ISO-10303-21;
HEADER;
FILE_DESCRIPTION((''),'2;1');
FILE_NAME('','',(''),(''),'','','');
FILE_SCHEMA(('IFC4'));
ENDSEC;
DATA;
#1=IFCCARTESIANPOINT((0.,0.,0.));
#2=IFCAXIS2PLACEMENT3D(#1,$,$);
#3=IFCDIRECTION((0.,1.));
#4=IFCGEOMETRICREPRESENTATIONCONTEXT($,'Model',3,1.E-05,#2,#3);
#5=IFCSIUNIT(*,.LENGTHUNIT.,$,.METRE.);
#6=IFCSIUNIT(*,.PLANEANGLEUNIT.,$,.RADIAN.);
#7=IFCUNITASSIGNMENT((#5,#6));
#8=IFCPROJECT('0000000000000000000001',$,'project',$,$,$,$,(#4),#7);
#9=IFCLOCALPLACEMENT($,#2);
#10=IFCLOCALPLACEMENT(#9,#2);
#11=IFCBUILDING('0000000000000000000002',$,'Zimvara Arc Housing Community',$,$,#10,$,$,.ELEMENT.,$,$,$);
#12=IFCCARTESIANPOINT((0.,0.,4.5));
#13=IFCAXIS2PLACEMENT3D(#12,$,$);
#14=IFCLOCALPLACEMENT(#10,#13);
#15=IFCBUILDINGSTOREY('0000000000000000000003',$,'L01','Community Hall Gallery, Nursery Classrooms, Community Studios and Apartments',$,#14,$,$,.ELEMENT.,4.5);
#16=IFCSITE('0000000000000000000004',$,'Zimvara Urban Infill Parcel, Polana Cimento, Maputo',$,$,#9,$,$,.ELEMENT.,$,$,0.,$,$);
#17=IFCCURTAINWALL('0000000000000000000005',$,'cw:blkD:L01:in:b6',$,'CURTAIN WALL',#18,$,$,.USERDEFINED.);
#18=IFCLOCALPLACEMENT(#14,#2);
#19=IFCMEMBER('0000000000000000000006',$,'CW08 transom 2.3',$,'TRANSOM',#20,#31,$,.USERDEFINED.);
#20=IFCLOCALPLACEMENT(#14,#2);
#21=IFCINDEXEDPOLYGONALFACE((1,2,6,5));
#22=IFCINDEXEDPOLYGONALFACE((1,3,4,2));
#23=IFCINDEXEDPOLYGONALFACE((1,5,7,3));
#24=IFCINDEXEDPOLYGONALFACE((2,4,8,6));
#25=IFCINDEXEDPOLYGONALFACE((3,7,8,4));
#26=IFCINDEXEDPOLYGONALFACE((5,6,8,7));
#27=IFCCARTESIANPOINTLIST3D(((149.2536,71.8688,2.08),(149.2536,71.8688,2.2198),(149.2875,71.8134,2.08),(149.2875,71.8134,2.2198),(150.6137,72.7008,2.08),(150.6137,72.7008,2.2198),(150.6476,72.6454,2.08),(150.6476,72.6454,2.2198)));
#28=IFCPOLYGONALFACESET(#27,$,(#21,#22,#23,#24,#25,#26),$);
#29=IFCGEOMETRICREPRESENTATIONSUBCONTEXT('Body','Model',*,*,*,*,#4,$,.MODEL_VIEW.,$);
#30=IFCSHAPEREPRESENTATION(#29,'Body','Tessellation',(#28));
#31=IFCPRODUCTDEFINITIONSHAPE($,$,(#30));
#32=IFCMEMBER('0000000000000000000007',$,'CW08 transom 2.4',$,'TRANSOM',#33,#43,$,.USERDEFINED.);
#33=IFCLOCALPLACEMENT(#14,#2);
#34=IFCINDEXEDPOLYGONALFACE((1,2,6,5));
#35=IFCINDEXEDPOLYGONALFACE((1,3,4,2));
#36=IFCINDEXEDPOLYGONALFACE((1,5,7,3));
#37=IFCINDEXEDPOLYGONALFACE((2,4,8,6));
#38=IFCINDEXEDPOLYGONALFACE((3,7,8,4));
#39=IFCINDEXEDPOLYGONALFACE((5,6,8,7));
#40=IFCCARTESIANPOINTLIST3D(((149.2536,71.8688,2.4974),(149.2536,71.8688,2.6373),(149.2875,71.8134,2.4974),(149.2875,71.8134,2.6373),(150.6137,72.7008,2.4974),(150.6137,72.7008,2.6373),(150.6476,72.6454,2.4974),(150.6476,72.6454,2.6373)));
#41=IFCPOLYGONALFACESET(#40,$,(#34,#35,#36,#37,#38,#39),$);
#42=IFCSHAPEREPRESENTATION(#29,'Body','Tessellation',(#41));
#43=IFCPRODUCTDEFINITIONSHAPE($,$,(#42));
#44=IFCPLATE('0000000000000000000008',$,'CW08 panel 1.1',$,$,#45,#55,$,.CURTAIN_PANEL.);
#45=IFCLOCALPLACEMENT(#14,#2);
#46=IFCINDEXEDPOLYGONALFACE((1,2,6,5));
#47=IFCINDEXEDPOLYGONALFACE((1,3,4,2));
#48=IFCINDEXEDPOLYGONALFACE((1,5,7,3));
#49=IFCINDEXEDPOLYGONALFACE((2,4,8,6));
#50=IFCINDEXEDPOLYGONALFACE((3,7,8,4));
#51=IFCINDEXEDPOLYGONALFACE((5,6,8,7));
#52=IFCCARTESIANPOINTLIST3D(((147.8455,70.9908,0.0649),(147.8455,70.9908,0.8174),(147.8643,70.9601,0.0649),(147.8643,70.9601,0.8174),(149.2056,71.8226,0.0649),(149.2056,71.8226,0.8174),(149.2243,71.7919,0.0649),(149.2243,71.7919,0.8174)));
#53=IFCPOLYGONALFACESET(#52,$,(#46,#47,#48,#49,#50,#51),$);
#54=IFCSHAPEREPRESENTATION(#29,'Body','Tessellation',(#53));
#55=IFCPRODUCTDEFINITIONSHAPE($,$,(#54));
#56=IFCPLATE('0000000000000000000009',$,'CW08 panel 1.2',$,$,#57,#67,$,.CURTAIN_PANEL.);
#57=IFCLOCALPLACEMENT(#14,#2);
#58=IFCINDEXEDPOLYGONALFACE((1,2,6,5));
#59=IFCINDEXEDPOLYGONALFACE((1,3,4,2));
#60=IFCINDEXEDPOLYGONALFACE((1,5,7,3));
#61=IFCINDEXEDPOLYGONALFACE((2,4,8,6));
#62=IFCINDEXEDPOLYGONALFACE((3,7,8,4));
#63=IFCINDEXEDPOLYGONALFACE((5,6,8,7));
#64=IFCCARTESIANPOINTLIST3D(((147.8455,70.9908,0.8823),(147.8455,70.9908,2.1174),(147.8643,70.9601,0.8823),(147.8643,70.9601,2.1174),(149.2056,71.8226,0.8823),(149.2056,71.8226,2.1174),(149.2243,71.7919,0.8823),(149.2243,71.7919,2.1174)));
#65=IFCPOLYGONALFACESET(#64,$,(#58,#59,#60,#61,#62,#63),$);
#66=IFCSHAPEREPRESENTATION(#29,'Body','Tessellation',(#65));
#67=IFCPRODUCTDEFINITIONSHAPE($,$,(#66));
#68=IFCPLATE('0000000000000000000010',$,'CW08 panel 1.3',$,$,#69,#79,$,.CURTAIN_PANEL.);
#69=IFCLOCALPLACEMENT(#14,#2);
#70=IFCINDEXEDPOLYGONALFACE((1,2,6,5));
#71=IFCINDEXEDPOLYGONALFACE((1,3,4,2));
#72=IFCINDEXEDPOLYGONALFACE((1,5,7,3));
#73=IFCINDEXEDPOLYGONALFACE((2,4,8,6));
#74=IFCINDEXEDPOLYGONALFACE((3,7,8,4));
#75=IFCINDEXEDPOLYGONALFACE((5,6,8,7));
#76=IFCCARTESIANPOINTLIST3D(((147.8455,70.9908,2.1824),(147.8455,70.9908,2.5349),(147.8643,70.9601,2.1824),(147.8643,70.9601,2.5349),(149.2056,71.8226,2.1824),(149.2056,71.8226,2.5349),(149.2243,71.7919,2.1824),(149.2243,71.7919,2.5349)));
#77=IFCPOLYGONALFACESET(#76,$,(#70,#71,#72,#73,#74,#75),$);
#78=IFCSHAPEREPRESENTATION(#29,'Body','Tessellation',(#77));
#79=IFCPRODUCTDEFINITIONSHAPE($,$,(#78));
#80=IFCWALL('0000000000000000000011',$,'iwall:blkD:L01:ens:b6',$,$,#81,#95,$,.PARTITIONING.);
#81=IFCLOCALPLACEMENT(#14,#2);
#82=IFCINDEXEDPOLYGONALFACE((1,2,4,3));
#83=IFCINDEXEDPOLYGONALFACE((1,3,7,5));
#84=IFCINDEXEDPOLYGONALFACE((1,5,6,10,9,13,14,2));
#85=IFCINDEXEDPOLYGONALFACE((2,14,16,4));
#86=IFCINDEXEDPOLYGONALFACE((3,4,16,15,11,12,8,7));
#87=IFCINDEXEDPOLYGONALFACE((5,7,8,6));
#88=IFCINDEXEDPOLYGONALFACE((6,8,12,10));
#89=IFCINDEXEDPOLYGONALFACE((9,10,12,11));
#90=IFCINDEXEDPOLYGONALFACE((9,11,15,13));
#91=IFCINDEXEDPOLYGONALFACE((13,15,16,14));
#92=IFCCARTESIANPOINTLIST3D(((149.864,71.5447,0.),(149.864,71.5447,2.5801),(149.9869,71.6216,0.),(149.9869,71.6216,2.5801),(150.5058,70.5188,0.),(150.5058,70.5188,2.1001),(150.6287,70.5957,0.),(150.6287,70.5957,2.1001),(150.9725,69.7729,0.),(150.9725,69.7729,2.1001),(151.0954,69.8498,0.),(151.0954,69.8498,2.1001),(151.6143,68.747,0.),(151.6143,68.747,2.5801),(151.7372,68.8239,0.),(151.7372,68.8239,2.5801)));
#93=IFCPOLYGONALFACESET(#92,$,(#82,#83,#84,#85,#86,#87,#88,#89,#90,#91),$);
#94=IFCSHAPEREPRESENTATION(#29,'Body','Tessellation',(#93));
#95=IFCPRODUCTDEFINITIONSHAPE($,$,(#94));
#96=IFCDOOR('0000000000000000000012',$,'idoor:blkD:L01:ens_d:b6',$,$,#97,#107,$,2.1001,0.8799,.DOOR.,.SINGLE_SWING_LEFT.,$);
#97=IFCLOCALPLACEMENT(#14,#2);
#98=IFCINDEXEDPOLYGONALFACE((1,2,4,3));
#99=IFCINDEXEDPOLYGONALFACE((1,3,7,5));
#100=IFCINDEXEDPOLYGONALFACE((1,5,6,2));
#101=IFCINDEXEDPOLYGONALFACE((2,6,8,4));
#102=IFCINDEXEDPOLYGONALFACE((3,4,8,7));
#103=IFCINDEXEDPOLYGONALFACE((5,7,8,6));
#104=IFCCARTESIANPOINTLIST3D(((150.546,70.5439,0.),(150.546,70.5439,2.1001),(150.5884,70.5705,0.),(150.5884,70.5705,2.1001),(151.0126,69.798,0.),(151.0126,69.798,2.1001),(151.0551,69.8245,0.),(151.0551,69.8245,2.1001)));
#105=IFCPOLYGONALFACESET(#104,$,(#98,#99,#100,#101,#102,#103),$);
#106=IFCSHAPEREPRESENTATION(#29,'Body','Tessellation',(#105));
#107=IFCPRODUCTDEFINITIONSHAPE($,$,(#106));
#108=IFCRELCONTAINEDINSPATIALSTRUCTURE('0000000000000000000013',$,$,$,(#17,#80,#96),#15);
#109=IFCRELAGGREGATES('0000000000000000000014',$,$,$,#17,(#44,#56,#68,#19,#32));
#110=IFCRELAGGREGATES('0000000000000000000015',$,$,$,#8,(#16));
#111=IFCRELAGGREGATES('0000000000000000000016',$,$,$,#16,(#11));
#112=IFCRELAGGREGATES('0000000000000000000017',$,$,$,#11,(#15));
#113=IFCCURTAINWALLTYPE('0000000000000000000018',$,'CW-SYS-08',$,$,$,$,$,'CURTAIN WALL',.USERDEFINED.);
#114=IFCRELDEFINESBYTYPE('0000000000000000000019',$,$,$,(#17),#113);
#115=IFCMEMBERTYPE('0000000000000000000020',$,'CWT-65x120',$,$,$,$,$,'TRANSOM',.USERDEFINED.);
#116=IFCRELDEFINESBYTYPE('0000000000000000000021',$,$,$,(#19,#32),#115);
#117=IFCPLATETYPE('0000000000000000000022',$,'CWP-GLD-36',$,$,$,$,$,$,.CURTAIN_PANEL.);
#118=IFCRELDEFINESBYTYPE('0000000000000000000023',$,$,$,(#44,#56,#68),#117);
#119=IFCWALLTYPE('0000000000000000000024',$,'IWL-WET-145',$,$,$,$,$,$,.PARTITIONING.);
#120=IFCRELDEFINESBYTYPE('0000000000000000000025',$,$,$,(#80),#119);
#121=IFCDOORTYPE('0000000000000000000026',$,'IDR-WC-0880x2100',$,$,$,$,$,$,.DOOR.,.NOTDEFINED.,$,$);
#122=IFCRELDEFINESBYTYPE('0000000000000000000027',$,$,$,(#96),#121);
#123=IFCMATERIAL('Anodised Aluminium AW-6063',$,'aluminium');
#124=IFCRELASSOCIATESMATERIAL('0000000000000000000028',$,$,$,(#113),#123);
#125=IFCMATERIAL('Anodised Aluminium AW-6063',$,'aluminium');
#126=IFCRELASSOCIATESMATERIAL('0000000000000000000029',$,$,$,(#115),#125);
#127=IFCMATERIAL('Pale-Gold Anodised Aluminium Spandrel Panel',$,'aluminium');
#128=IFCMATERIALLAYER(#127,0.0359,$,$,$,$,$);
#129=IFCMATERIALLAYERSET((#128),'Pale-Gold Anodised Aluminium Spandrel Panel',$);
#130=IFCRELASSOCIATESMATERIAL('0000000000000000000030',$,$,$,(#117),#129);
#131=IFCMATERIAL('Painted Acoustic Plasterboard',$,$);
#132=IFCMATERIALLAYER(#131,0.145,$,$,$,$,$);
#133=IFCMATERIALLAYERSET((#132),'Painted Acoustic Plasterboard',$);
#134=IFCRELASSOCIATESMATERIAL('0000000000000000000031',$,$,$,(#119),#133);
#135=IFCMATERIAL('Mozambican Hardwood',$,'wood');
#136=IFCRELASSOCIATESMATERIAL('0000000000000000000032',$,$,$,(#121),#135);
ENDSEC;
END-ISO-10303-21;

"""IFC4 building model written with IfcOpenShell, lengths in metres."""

from ifc_helpers import new_model, si_unit, direction, frame, frame_2d, origin, origin_2d, place, context, subcontext, project, spatial, rectangle, extrude, material, layer, layer_set, material_profile, profile_set, type_object, element, fill, aggregate, save


model = new_model("IFC4")

# Units and contexts
model_context = context("Model", 3, precision=1e-05, world=origin(), true_north=direction((0.0, 1.0)))
body_context = subcontext(model_context, "Body", "Model", "MODEL_VIEW")
ifc_project = project(units=[si_unit("LENGTHUNIT", "METRE"), si_unit("PLANEANGLEUNIT", "RADIAN")], contexts=[model_context])

# Site, building, storey
site_placement = place(None, origin())
site = spatial("IfcSite", under=ifc_project, at=site_placement, Name="Zimvara Urban Infill Parcel, Polana Cimento, Maputo", CompositionType="ELEMENT", RefElevation=0.0)
building_placement = place(site_placement, origin())
building = spatial("IfcBuilding", under=site, at=building_placement, Name="Zimvara Arc Housing Community", CompositionType="ELEMENT")
storey_placement = place(building_placement, frame((0.0, 0.0, 4.5)))
storey = spatial("IfcBuildingStorey", under=building, at=storey_placement, Name="L01", Description="Community Hall Gallery, Nursery Classrooms, Community Studios and Apartments", CompositionType="ELEMENT", Elevation=4.5)

# Curtain wall, members, plates
ifc_material_1 = material(Name="Anodised Aluminium AW-6063", Category="aluminium")
curtain_wall_type = type_object("IfcCurtainWallType", Name="CW-SYS-08", ElementType="CURTAIN WALL", PredefinedType="USERDEFINED", material=ifc_material_1)
curtain_wall_placement = place(storey_placement, origin())
curtain_wall = element("IfcCurtainWall", 1, at=curtain_wall_placement, inside=storey, type_object=curtain_wall_type, Name="cw:blkD:L01:in:b6", ObjectType="CURTAIN WALL", PredefinedType="USERDEFINED")
ifc_material_2 = material(Name="Anodised Aluminium AW-6063", Category="aluminium")
ifc_material_profile_1 = material_profile(ifc_material_2, rectangle(XDim=0.0649, YDim=0.1399, at=origin_2d()), Name="ALU 65x140")
ifc_profile_set_1 = profile_set([ifc_material_profile_1], Name="Anodised Aluminium AW-6063")
member_type_1 = type_object("IfcMemberType", Name="CWT-65x120", ElementType="TRANSOM", PredefinedType="USERDEFINED", material=ifc_profile_set_1)
member_1_placement = place(storey_placement, frame((149.2705, 71.8411, 2.1499), z_axis=(0.853043, 0.52184, 0.0), x_axis=(-0.52184, 0.853043, 0.0)))
member_1 = element("IfcMember", 2, at=member_1_placement, type_object=member_type_1, Name="CW08 transom 2.3", ObjectType="TRANSOM", PredefinedType="USERDEFINED", context=body_context, shape_type="SweptSolid", body=[
    extrude(rectangle(XDim=0.0649, YDim=0.1399, at=origin_2d()), origin(), (0.0, 0.0, 1.0), 1.5945),
])
member_2_placement = place(storey_placement, frame((149.2705, 71.8411, 2.5674), z_axis=(0.853043, 0.52184, 0.0), x_axis=(-0.52184, 0.853043, 0.0)))
member_2 = element("IfcMember", 3, at=member_2_placement, type_object=member_type_1, Name="CW08 transom 2.4", ObjectType="TRANSOM", PredefinedType="USERDEFINED", context=body_context, shape_type="SweptSolid", body=[
    extrude(rectangle(XDim=0.0649, YDim=0.1399, at=origin_2d()), origin(), (0.0, 0.0, 1.0), 1.5945),
])
ifc_material_3 = material(Name="Pale-Gold Anodised Aluminium Spandrel Panel", Category="aluminium")
ifc_layer_1 = layer(ifc_material_3, 0.0359)
ifc_layer_set_1 = layer_set([ifc_layer_1], Name="Pale-Gold Anodised Aluminium Spandrel Panel")
plate_type = type_object("IfcPlateType", Name="CWP-GLD-36", PredefinedType="CURTAIN_PANEL", material=ifc_layer_set_1)
plate_1_placement = place(storey_placement, frame((148.5349, 71.3914, 0.0649), z_axis=(0.0, 0.0, 1.0), x_axis=(0.853096, 0.521754, 0.0)))
plate_1 = element("IfcPlate", 4, at=plate_1_placement, type_object=plate_type, Name="CW08 panel 1.1", PredefinedType="CURTAIN_PANEL", context=body_context, shape_type="SweptSolid", body=[
    extrude(rectangle(XDim=1.5942, YDim=0.0359, at=origin_2d()), origin(), (0.0, 0.0, 1.0), 0.7524),
])
plate_2_placement = place(storey_placement, frame((148.5349, 71.3914, 0.8823), z_axis=(0.0, 0.0, 1.0), x_axis=(0.853096, 0.521754, 0.0)))
plate_2 = element("IfcPlate", 5, at=plate_2_placement, type_object=plate_type, Name="CW08 panel 1.2", PredefinedType="CURTAIN_PANEL", context=body_context, shape_type="SweptSolid", body=[
    extrude(rectangle(XDim=1.5942, YDim=0.0359, at=origin_2d()), origin(), (0.0, 0.0, 1.0), 1.2351),
])
plate_3_placement = place(storey_placement, frame((148.5349, 71.3914, 2.1824), z_axis=(0.0, 0.0, 1.0), x_axis=(0.853096, 0.521754, 0.0)))
plate_3 = element("IfcPlate", 6, at=plate_3_placement, type_object=plate_type, Name="CW08 panel 1.3", PredefinedType="CURTAIN_PANEL", context=body_context, shape_type="SweptSolid", body=[
    extrude(rectangle(XDim=1.5942, YDim=0.0359, at=origin_2d()), origin(), (0.0, 0.0, 1.0), 0.3525),
])
aggregate(curtain_wall, [plate_1, plate_2, plate_3, member_1, member_2])

# Wall, opening, door
ifc_material_4 = material(Name="Painted Acoustic Plasterboard")
ifc_layer_2 = layer(ifc_material_4, 0.145)
ifc_layer_set_2 = layer_set([ifc_layer_2], Name="Painted Acoustic Plasterboard")
wall_type_1 = type_object("IfcWallType", Name="IWL-WET-145", PredefinedType="PARTITIONING", material=ifc_layer_set_2)
wall_1_placement = place(storey_placement, frame((149.9255, 71.583, 0.0), z_axis=(0.0, 0.0, 1.0), x_axis=(0.530378, -0.847761, 0.0)))
wall_1 = element("IfcWall", 7, at=wall_1_placement, inside=storey, type_object=wall_type_1, Name="iwall:blkD:L01:ens:b6", PredefinedType="PARTITIONING", context=body_context, shape_type="SweptSolid", body=[
    extrude(rectangle(XDim=3.3, YDim=0.145, at=frame_2d((1.6499, 0.0))), origin(), (0.0, 0.0, 1.0), 2.5801),
])
opening_1_placement = place(wall_1_placement, frame((1.21, 0.0, 0.0)))
opening_1 = element("IfcOpeningElement", 8, at=opening_1_placement, cuts=wall_1, PredefinedType="OPENING", context=body_context, shape_type="SweptSolid", body=[
    extrude(rectangle(XDim=0.8799, YDim=2.1001, at=frame_2d((0.4399, 1.05))), frame((0.0, 0.0825, 0.0), z_axis=(0.0, -1.0, 0.0), x_axis=(1.0, 0.0, 0.0)), (0.0, 0.0, 1.0), 0.165),
])
ifc_material_5 = material(Name="Mozambican Hardwood", Category="wood")
door_type_1 = type_object("IfcDoorType", Name="IDR-WC-0880x2100", OperationType="NOTDEFINED", PredefinedType="DOOR", material=ifc_material_5)
door_1_placement = place(opening_1_placement, origin())
door_1 = element("IfcDoor", 9, at=door_1_placement, inside=storey, type_object=door_type_1, Name="idoor:blkD:L01:ens_d:b6", OperationType="SINGLE_SWING_LEFT", OverallHeight=2.1001, OverallWidth=0.8799, PredefinedType="DOOR", context=body_context, shape_type="SweptSolid", body=[
    extrude(rectangle(XDim=0.8799, YDim=2.1001, at=frame_2d((0.4399, 1.05))), frame((0.0, 0.0249, 0.0), z_axis=(0.0, -1.0, 0.0), x_axis=(1.0, 0.0, 0.0)), (0.0, 0.0, 1.0), 0.05),
])
fill(opening_1, door_1)

save(model, "model.ifc")
